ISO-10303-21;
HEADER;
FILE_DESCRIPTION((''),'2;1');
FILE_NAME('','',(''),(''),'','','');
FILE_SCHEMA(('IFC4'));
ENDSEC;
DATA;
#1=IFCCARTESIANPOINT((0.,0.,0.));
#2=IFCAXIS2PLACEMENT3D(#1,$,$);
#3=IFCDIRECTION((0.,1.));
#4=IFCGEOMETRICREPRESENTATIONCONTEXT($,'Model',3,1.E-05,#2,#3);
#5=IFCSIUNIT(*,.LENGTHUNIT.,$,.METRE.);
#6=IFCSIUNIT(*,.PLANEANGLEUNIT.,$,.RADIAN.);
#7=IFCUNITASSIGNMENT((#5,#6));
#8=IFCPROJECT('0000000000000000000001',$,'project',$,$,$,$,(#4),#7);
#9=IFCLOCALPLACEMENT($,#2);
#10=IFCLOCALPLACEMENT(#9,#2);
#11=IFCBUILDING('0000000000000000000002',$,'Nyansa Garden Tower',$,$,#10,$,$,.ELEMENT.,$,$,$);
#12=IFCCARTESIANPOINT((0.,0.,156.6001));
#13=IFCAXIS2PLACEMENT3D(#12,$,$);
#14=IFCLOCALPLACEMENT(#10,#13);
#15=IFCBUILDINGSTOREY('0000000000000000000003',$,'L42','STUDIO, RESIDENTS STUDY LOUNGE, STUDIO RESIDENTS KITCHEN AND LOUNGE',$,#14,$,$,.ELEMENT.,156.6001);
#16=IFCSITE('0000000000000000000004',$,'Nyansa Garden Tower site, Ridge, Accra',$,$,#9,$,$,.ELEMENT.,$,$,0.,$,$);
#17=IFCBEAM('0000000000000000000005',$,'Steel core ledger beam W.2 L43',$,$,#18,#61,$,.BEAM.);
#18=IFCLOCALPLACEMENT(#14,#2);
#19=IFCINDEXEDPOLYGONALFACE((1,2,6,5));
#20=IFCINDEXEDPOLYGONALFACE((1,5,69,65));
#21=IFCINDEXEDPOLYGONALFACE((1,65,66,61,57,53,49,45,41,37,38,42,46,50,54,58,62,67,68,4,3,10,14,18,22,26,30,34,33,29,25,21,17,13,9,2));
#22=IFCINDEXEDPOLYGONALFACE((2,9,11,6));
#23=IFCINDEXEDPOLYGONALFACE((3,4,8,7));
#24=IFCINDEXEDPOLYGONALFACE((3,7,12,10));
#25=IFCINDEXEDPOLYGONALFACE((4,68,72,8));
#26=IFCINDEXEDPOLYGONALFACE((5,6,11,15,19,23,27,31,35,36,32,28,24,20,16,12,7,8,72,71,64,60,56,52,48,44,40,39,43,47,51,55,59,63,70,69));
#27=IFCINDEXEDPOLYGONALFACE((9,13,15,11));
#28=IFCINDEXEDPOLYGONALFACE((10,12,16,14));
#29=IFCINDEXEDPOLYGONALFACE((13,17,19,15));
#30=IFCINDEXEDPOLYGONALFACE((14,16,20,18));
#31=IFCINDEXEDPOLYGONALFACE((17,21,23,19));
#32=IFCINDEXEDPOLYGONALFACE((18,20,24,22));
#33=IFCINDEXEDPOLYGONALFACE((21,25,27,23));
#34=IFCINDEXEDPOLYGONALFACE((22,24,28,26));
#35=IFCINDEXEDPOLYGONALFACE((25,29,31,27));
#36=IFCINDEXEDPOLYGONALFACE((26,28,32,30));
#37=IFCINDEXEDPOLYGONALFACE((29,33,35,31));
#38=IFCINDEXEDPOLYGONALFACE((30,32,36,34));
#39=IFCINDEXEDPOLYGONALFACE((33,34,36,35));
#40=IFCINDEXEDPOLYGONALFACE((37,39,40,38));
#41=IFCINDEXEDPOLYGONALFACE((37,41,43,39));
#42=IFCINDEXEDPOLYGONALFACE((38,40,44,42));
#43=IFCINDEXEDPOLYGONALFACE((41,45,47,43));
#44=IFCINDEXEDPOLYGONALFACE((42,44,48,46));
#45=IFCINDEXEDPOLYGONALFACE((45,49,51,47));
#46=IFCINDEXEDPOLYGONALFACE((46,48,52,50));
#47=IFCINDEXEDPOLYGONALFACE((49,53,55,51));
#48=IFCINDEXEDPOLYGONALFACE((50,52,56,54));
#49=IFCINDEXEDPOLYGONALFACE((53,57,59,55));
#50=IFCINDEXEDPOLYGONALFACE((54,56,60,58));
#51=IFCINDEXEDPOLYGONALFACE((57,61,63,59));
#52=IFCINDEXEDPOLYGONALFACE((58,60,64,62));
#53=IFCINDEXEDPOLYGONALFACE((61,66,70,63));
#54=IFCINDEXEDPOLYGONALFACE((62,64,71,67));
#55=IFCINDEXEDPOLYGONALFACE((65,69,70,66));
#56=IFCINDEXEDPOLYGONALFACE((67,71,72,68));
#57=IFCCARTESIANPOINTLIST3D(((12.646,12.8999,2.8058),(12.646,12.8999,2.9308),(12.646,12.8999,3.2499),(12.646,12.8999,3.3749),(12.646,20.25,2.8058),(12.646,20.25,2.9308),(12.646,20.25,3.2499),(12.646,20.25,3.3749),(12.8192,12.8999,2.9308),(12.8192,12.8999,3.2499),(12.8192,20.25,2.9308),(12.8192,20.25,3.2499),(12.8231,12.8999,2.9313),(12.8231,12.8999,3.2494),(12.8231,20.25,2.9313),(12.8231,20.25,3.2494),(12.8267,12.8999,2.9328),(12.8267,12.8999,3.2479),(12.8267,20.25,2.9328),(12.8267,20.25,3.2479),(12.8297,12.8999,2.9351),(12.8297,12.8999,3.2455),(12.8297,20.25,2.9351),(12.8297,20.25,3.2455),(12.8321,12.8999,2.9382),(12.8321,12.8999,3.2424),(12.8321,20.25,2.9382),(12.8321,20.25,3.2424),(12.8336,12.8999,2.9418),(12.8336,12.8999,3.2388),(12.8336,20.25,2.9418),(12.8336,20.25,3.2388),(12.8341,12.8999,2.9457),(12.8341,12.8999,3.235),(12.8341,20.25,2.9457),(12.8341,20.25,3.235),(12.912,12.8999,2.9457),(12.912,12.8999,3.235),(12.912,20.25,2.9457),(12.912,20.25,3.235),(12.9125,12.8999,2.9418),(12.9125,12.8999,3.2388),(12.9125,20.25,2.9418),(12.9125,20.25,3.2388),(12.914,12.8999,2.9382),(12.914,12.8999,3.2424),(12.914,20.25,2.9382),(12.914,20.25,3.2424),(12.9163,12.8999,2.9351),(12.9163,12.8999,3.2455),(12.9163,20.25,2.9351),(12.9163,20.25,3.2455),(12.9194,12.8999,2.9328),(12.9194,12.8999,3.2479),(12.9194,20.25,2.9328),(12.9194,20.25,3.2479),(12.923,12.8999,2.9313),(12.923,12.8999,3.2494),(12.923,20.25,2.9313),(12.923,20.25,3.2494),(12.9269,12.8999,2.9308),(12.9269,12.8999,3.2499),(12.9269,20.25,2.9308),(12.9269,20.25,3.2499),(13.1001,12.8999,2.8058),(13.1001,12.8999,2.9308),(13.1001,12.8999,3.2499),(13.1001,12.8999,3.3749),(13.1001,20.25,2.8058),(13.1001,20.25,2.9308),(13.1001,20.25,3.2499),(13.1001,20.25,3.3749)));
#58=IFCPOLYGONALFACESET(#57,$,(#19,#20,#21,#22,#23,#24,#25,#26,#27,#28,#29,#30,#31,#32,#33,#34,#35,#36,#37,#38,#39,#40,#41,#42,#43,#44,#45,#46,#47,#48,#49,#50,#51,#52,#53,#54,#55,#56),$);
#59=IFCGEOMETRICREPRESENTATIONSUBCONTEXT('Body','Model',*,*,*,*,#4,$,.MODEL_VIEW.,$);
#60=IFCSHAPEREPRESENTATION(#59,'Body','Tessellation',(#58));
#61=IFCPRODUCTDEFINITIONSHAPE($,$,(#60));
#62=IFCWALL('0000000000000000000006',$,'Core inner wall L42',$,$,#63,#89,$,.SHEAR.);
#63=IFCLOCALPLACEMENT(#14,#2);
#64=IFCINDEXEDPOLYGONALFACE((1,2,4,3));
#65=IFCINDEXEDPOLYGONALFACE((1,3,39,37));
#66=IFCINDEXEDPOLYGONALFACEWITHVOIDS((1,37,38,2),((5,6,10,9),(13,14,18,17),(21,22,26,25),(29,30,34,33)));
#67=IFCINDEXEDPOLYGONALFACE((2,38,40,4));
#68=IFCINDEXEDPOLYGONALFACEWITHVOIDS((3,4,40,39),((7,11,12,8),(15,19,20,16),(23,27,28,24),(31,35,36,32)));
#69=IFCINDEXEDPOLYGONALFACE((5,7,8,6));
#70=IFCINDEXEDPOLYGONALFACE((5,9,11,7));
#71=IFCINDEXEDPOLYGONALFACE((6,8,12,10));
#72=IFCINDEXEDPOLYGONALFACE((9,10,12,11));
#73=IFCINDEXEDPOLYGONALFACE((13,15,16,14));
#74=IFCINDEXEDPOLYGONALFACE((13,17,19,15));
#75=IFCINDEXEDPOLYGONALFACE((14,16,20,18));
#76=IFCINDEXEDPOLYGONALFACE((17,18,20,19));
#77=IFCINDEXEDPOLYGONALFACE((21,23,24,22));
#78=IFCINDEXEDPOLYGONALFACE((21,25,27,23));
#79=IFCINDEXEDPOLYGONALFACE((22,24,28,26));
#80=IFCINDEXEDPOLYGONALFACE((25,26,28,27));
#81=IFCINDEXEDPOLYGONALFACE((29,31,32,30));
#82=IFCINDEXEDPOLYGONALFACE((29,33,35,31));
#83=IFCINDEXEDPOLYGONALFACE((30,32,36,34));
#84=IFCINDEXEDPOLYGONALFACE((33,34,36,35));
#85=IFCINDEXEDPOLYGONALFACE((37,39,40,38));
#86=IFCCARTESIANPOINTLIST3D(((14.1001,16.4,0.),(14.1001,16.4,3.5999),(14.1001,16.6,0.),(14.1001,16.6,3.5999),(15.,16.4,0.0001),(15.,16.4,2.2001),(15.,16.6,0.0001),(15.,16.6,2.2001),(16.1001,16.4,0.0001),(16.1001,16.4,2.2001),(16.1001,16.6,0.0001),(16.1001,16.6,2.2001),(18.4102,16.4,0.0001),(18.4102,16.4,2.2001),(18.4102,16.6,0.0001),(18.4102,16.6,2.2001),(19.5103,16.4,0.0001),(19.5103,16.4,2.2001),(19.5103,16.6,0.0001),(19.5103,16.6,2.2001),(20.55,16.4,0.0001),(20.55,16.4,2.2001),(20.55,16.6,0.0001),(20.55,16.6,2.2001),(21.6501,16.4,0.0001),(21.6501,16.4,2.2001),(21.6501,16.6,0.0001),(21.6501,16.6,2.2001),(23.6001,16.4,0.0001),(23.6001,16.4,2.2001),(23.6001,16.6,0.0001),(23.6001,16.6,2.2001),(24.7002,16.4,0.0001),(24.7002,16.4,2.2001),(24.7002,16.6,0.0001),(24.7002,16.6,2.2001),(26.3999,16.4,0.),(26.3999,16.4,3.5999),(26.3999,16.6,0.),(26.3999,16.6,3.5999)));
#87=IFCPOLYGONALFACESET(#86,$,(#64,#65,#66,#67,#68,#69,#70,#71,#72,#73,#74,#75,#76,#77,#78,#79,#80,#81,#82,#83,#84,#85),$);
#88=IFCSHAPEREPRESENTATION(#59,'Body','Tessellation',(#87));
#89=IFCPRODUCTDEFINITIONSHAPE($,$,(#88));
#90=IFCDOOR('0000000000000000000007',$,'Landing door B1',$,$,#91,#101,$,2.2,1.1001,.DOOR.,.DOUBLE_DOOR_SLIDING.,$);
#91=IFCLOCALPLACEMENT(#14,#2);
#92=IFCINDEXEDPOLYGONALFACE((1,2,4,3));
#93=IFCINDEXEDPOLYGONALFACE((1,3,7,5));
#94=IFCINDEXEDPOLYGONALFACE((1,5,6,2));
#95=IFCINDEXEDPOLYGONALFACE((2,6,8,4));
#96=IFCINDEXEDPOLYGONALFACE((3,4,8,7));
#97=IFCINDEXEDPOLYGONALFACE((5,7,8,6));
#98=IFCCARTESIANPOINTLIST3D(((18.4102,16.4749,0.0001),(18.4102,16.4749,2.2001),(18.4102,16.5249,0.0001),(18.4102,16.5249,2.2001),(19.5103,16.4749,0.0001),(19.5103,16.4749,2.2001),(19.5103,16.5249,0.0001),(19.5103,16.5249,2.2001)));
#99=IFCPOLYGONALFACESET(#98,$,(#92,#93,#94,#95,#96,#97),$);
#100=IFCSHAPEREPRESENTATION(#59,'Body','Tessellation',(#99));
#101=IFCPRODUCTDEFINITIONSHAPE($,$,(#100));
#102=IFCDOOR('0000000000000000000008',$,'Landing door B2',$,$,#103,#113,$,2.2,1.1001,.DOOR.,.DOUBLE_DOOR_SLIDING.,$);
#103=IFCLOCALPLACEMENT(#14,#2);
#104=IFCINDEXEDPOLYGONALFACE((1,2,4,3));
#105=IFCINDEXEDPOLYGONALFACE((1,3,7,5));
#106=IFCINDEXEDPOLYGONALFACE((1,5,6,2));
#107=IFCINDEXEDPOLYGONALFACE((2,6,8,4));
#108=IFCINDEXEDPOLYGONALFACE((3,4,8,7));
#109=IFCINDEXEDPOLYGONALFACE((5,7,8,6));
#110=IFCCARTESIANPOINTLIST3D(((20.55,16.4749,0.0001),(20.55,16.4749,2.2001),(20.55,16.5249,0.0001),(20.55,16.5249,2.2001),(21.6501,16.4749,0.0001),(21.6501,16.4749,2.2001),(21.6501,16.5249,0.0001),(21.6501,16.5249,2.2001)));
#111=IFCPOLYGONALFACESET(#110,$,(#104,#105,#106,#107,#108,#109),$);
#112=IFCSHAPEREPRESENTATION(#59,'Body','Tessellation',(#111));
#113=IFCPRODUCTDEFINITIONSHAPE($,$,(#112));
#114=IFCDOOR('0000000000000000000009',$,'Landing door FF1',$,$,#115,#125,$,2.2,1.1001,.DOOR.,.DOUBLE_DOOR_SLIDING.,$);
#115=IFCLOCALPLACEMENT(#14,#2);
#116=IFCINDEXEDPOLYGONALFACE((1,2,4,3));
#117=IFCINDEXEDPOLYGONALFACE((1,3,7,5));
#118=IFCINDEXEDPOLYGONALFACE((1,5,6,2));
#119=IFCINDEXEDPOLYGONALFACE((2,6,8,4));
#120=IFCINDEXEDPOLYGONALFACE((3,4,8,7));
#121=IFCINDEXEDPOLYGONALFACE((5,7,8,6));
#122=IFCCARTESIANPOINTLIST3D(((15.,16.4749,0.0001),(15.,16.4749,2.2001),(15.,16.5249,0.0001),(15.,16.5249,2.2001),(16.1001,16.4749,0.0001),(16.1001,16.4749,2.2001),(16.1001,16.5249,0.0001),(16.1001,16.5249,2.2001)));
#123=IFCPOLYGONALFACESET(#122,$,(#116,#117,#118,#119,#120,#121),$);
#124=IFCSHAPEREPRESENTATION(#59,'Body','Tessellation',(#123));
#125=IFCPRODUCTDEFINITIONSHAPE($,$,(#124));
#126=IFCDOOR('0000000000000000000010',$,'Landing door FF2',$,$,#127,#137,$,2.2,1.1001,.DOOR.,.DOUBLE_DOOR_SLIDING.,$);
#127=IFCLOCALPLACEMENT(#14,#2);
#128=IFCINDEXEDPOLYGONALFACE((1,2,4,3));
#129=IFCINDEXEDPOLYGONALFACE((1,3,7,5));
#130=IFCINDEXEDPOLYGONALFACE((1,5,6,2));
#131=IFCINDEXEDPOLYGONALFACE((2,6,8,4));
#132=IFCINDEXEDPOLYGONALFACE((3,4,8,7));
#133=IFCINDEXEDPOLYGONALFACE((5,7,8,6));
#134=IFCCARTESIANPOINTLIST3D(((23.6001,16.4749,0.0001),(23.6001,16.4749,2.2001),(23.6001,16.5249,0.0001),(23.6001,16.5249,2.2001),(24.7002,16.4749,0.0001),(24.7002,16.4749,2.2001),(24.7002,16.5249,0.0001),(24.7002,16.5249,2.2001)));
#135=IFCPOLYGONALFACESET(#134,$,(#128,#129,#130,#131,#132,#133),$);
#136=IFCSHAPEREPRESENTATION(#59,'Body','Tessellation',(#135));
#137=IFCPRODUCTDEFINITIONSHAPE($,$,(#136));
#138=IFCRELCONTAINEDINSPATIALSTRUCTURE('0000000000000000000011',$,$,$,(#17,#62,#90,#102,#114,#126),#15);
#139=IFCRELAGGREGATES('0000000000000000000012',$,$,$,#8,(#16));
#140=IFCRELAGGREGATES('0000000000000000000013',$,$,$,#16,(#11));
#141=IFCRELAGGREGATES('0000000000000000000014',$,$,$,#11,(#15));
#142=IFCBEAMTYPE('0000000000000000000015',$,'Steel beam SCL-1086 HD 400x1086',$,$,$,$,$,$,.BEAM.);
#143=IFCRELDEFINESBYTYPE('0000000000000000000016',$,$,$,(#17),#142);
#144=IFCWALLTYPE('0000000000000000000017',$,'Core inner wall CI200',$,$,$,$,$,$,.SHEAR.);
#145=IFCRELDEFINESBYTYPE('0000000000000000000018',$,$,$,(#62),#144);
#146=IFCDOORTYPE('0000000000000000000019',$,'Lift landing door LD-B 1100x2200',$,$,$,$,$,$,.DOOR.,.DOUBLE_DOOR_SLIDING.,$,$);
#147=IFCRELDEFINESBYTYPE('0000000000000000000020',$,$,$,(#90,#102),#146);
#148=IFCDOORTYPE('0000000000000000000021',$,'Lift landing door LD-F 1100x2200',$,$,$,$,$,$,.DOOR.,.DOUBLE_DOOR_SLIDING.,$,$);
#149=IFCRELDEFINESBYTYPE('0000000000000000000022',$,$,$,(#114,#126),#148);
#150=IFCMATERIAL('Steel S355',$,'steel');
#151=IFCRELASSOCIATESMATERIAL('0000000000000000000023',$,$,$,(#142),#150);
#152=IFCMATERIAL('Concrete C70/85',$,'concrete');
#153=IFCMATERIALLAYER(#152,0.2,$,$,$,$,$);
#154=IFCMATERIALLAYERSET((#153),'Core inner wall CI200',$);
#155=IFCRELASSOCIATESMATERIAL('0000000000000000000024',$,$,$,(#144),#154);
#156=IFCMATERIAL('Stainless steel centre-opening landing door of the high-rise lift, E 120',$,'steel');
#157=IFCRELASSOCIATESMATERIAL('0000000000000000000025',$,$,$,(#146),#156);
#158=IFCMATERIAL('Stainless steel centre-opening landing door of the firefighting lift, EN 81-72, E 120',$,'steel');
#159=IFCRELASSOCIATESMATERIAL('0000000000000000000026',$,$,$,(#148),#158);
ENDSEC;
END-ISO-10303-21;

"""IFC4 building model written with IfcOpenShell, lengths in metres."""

from ifc_helpers import new_model, si_unit, direction, frame, frame_2d, origin, origin_2d, place, context, subcontext, project, spatial, rectangle, i_section, extrude, material, layer, layer_set, material_profile, profile_set, type_object, element, fill, save


model = new_model("IFC4")

# Units and contexts
model_context = context("Model", 3, precision=1e-05, world=origin(), true_north=direction((0.0, 1.0)))
body_context = subcontext(model_context, "Body", "Model", "MODEL_VIEW")
ifc_project = project(units=[si_unit("LENGTHUNIT", "METRE"), si_unit("PLANEANGLEUNIT", "RADIAN")], contexts=[model_context])

# Site, building, storey
site_placement = place(None, origin())
site = spatial("IfcSite", under=ifc_project, at=site_placement, Name="Nyansa Garden Tower site, Ridge, Accra", CompositionType="ELEMENT", RefElevation=0.0)
building_placement = place(site_placement, origin())
building = spatial("IfcBuilding", under=site, at=building_placement, Name="Nyansa Garden Tower", CompositionType="ELEMENT")
storey_placement = place(building_placement, frame((0.0, 0.0, 156.6001)))
storey = spatial("IfcBuildingStorey", under=building, at=storey_placement, Name="L42", Description="STUDIO, RESIDENTS STUDY LOUNGE, STUDIO RESIDENTS KITCHEN AND LOUNGE", CompositionType="ELEMENT", Elevation=156.6001)

# Beam
ifc_material_1 = material(Name="Steel S355", Category="steel")
ifc_material_profile_1 = material_profile(ifc_material_1, i_section(OverallWidth=0.4541, OverallDepth=0.5691, WebThickness=0.0779, FlangeThickness=0.125, FilletRadius=0.0149, at=origin_2d()), Name="HD 400x1086")
ifc_profile_set_1 = profile_set([ifc_material_profile_1], Name="Steel S355")
beam_type_1 = type_object("IfcBeamType", Name="Steel beam SCL-1086 HD 400x1086", PredefinedType="BEAM", material=ifc_profile_set_1)
beam_1_placement = place(storey_placement, frame((12.873, 20.25, 3.0903), z_axis=(0.0, -1.0, 0.0), x_axis=(1.0, 0.0, 0.0)))
element("IfcBeam", 1, at=beam_1_placement, inside=storey, type_object=beam_type_1, Name="Steel core ledger beam W.2 L43", PredefinedType="BEAM", context=body_context, shape_type="SweptSolid", body=[
    extrude(i_section(OverallWidth=0.4541, OverallDepth=0.5691, WebThickness=0.0779, FlangeThickness=0.125, FilletRadius=0.0149, at=origin_2d()), origin(), (0.0, 0.0, 1.0), 7.3501),
])

# Wall, openings, doors
ifc_material_2 = material(Name="Concrete C70/85", Category="concrete")
ifc_layer_1 = layer(ifc_material_2, 0.2)
ifc_layer_set_1 = layer_set([ifc_layer_1], Name="Core inner wall CI200")
wall_type_1 = type_object("IfcWallType", Name="Core inner wall CI200", PredefinedType="SHEAR", material=ifc_layer_set_1)
wall_1_placement = place(storey_placement, frame((14.1001, 16.5, 0.0), z_axis=(0.0, 0.0, 1.0), x_axis=(1.0, 0.0, 0.0)))
wall_1 = element("IfcWall", 2, at=wall_1_placement, inside=storey, type_object=wall_type_1, Name="Core inner wall L42", PredefinedType="SHEAR", context=body_context, shape_type="SweptSolid", body=[
    extrude(rectangle(XDim=12.2998, YDim=0.2, at=frame_2d((6.1499, 0.0))), origin(), (0.0, 0.0, 1.0), 3.5999),
])
opening_1_placement = place(wall_1_placement, frame((0.8999, 0.0, 0.0)))
opening_1 = element("IfcOpeningElement", 3, at=opening_1_placement, cuts=wall_1, PredefinedType="OPENING", context=body_context, shape_type="SweptSolid", body=[
    extrude(rectangle(XDim=1.1001, YDim=2.2, at=frame_2d((0.55, 1.1001))), frame((0.0, 0.1099, 0.0), z_axis=(0.0, -1.0, 0.0), x_axis=(1.0, 0.0, 0.0)), (0.0, 0.0, 1.0), 0.22),
])
opening_2_placement = place(wall_1_placement, frame((4.3101, 0.0, 0.0)))
opening_2 = element("IfcOpeningElement", 4, at=opening_2_placement, cuts=wall_1, PredefinedType="OPENING", context=body_context, shape_type="SweptSolid", body=[
    extrude(rectangle(XDim=1.1001, YDim=2.2, at=frame_2d((0.55, 1.1001))), frame((0.0, 0.1099, 0.0), z_axis=(0.0, -1.0, 0.0), x_axis=(1.0, 0.0, 0.0)), (0.0, 0.0, 1.0), 0.22),
])
opening_3_placement = place(wall_1_placement, frame((6.45, 0.0, 0.0)))
opening_3 = element("IfcOpeningElement", 5, at=opening_3_placement, cuts=wall_1, PredefinedType="OPENING", context=body_context, shape_type="SweptSolid", body=[
    extrude(rectangle(XDim=1.1001, YDim=2.2, at=frame_2d((0.55, 1.1001))), frame((0.0, 0.1099, 0.0), z_axis=(0.0, -1.0, 0.0), x_axis=(1.0, 0.0, 0.0)), (0.0, 0.0, 1.0), 0.22),
])
opening_4_placement = place(wall_1_placement, frame((9.5, 0.0, 0.0)))
opening_4 = element("IfcOpeningElement", 6, at=opening_4_placement, cuts=wall_1, PredefinedType="OPENING", context=body_context, shape_type="SweptSolid", body=[
    extrude(rectangle(XDim=1.1001, YDim=2.2, at=frame_2d((0.55, 1.1001))), frame((0.0, 0.1099, 0.0), z_axis=(0.0, -1.0, 0.0), x_axis=(1.0, 0.0, 0.0)), (0.0, 0.0, 1.0), 0.22),
])
ifc_material_3 = material(Name="Stainless steel centre-opening landing door of the high-rise lift, E 120", Category="steel")
door_type_1 = type_object("IfcDoorType", Name="Lift landing door LD-B 1100x2200", OperationType="DOUBLE_DOOR_SLIDING", PredefinedType="DOOR", material=ifc_material_3)
door_1_placement = place(opening_2_placement, origin())
door_1 = element("IfcDoor", 7, at=door_1_placement, inside=storey, type_object=door_type_1, Name="Landing door B1", OperationType="DOUBLE_DOOR_SLIDING", OverallHeight=2.2, OverallWidth=1.1001, PredefinedType="DOOR", context=body_context, shape_type="SweptSolid", body=[
    extrude(rectangle(XDim=1.1001, YDim=2.2, at=frame_2d((0.55, 1.1001))), frame((0.0, 0.0249, 0.0), z_axis=(0.0, -1.0, 0.0), x_axis=(1.0, 0.0, 0.0)), (0.0, 0.0, 1.0), 0.05),
])
fill(opening_2, door_1)
door_2_placement = place(opening_3_placement, origin())
door_2 = element("IfcDoor", 8, at=door_2_placement, inside=storey, type_object=door_type_1, Name="Landing door B2", OperationType="DOUBLE_DOOR_SLIDING", OverallHeight=2.2, OverallWidth=1.1001, PredefinedType="DOOR", context=body_context, shape_type="SweptSolid", body=[
    extrude(rectangle(XDim=1.1001, YDim=2.2, at=frame_2d((0.55, 1.1001))), frame((0.0, 0.0249, 0.0), z_axis=(0.0, -1.0, 0.0), x_axis=(1.0, 0.0, 0.0)), (0.0, 0.0, 1.0), 0.05),
])
fill(opening_3, door_2)
ifc_material_4 = material(Name="Stainless steel centre-opening landing door of the firefighting lift, EN 81-72, E 120", Category="steel")
door_type_2 = type_object("IfcDoorType", Name="Lift landing door LD-F 1100x2200", OperationType="DOUBLE_DOOR_SLIDING", PredefinedType="DOOR", material=ifc_material_4)
door_3_placement = place(opening_1_placement, origin())
door_3 = element("IfcDoor", 9, at=door_3_placement, inside=storey, type_object=door_type_2, Name="Landing door FF1", OperationType="DOUBLE_DOOR_SLIDING", OverallHeight=2.2, OverallWidth=1.1001, PredefinedType="DOOR", context=body_context, shape_type="SweptSolid", body=[
    extrude(rectangle(XDim=1.1001, YDim=2.2, at=frame_2d((0.55, 1.1001))), frame((0.0, 0.0249, 0.0), z_axis=(0.0, -1.0, 0.0), x_axis=(1.0, 0.0, 0.0)), (0.0, 0.0, 1.0), 0.05),
])
fill(opening_1, door_3)
door_4_placement = place(opening_4_placement, origin())
door_4 = element("IfcDoor", 10, at=door_4_placement, inside=storey, type_object=door_type_2, Name="Landing door FF2", OperationType="DOUBLE_DOOR_SLIDING", OverallHeight=2.2, OverallWidth=1.1001, PredefinedType="DOOR", context=body_context, shape_type="SweptSolid", body=[
    extrude(rectangle(XDim=1.1001, YDim=2.2, at=frame_2d((0.55, 1.1001))), frame((0.0, 0.0249, 0.0), z_axis=(0.0, -1.0, 0.0), x_axis=(1.0, 0.0, 0.0)), (0.0, 0.0, 1.0), 0.05),
])
fill(opening_4, door_4)

save(model, "model.ifc")
